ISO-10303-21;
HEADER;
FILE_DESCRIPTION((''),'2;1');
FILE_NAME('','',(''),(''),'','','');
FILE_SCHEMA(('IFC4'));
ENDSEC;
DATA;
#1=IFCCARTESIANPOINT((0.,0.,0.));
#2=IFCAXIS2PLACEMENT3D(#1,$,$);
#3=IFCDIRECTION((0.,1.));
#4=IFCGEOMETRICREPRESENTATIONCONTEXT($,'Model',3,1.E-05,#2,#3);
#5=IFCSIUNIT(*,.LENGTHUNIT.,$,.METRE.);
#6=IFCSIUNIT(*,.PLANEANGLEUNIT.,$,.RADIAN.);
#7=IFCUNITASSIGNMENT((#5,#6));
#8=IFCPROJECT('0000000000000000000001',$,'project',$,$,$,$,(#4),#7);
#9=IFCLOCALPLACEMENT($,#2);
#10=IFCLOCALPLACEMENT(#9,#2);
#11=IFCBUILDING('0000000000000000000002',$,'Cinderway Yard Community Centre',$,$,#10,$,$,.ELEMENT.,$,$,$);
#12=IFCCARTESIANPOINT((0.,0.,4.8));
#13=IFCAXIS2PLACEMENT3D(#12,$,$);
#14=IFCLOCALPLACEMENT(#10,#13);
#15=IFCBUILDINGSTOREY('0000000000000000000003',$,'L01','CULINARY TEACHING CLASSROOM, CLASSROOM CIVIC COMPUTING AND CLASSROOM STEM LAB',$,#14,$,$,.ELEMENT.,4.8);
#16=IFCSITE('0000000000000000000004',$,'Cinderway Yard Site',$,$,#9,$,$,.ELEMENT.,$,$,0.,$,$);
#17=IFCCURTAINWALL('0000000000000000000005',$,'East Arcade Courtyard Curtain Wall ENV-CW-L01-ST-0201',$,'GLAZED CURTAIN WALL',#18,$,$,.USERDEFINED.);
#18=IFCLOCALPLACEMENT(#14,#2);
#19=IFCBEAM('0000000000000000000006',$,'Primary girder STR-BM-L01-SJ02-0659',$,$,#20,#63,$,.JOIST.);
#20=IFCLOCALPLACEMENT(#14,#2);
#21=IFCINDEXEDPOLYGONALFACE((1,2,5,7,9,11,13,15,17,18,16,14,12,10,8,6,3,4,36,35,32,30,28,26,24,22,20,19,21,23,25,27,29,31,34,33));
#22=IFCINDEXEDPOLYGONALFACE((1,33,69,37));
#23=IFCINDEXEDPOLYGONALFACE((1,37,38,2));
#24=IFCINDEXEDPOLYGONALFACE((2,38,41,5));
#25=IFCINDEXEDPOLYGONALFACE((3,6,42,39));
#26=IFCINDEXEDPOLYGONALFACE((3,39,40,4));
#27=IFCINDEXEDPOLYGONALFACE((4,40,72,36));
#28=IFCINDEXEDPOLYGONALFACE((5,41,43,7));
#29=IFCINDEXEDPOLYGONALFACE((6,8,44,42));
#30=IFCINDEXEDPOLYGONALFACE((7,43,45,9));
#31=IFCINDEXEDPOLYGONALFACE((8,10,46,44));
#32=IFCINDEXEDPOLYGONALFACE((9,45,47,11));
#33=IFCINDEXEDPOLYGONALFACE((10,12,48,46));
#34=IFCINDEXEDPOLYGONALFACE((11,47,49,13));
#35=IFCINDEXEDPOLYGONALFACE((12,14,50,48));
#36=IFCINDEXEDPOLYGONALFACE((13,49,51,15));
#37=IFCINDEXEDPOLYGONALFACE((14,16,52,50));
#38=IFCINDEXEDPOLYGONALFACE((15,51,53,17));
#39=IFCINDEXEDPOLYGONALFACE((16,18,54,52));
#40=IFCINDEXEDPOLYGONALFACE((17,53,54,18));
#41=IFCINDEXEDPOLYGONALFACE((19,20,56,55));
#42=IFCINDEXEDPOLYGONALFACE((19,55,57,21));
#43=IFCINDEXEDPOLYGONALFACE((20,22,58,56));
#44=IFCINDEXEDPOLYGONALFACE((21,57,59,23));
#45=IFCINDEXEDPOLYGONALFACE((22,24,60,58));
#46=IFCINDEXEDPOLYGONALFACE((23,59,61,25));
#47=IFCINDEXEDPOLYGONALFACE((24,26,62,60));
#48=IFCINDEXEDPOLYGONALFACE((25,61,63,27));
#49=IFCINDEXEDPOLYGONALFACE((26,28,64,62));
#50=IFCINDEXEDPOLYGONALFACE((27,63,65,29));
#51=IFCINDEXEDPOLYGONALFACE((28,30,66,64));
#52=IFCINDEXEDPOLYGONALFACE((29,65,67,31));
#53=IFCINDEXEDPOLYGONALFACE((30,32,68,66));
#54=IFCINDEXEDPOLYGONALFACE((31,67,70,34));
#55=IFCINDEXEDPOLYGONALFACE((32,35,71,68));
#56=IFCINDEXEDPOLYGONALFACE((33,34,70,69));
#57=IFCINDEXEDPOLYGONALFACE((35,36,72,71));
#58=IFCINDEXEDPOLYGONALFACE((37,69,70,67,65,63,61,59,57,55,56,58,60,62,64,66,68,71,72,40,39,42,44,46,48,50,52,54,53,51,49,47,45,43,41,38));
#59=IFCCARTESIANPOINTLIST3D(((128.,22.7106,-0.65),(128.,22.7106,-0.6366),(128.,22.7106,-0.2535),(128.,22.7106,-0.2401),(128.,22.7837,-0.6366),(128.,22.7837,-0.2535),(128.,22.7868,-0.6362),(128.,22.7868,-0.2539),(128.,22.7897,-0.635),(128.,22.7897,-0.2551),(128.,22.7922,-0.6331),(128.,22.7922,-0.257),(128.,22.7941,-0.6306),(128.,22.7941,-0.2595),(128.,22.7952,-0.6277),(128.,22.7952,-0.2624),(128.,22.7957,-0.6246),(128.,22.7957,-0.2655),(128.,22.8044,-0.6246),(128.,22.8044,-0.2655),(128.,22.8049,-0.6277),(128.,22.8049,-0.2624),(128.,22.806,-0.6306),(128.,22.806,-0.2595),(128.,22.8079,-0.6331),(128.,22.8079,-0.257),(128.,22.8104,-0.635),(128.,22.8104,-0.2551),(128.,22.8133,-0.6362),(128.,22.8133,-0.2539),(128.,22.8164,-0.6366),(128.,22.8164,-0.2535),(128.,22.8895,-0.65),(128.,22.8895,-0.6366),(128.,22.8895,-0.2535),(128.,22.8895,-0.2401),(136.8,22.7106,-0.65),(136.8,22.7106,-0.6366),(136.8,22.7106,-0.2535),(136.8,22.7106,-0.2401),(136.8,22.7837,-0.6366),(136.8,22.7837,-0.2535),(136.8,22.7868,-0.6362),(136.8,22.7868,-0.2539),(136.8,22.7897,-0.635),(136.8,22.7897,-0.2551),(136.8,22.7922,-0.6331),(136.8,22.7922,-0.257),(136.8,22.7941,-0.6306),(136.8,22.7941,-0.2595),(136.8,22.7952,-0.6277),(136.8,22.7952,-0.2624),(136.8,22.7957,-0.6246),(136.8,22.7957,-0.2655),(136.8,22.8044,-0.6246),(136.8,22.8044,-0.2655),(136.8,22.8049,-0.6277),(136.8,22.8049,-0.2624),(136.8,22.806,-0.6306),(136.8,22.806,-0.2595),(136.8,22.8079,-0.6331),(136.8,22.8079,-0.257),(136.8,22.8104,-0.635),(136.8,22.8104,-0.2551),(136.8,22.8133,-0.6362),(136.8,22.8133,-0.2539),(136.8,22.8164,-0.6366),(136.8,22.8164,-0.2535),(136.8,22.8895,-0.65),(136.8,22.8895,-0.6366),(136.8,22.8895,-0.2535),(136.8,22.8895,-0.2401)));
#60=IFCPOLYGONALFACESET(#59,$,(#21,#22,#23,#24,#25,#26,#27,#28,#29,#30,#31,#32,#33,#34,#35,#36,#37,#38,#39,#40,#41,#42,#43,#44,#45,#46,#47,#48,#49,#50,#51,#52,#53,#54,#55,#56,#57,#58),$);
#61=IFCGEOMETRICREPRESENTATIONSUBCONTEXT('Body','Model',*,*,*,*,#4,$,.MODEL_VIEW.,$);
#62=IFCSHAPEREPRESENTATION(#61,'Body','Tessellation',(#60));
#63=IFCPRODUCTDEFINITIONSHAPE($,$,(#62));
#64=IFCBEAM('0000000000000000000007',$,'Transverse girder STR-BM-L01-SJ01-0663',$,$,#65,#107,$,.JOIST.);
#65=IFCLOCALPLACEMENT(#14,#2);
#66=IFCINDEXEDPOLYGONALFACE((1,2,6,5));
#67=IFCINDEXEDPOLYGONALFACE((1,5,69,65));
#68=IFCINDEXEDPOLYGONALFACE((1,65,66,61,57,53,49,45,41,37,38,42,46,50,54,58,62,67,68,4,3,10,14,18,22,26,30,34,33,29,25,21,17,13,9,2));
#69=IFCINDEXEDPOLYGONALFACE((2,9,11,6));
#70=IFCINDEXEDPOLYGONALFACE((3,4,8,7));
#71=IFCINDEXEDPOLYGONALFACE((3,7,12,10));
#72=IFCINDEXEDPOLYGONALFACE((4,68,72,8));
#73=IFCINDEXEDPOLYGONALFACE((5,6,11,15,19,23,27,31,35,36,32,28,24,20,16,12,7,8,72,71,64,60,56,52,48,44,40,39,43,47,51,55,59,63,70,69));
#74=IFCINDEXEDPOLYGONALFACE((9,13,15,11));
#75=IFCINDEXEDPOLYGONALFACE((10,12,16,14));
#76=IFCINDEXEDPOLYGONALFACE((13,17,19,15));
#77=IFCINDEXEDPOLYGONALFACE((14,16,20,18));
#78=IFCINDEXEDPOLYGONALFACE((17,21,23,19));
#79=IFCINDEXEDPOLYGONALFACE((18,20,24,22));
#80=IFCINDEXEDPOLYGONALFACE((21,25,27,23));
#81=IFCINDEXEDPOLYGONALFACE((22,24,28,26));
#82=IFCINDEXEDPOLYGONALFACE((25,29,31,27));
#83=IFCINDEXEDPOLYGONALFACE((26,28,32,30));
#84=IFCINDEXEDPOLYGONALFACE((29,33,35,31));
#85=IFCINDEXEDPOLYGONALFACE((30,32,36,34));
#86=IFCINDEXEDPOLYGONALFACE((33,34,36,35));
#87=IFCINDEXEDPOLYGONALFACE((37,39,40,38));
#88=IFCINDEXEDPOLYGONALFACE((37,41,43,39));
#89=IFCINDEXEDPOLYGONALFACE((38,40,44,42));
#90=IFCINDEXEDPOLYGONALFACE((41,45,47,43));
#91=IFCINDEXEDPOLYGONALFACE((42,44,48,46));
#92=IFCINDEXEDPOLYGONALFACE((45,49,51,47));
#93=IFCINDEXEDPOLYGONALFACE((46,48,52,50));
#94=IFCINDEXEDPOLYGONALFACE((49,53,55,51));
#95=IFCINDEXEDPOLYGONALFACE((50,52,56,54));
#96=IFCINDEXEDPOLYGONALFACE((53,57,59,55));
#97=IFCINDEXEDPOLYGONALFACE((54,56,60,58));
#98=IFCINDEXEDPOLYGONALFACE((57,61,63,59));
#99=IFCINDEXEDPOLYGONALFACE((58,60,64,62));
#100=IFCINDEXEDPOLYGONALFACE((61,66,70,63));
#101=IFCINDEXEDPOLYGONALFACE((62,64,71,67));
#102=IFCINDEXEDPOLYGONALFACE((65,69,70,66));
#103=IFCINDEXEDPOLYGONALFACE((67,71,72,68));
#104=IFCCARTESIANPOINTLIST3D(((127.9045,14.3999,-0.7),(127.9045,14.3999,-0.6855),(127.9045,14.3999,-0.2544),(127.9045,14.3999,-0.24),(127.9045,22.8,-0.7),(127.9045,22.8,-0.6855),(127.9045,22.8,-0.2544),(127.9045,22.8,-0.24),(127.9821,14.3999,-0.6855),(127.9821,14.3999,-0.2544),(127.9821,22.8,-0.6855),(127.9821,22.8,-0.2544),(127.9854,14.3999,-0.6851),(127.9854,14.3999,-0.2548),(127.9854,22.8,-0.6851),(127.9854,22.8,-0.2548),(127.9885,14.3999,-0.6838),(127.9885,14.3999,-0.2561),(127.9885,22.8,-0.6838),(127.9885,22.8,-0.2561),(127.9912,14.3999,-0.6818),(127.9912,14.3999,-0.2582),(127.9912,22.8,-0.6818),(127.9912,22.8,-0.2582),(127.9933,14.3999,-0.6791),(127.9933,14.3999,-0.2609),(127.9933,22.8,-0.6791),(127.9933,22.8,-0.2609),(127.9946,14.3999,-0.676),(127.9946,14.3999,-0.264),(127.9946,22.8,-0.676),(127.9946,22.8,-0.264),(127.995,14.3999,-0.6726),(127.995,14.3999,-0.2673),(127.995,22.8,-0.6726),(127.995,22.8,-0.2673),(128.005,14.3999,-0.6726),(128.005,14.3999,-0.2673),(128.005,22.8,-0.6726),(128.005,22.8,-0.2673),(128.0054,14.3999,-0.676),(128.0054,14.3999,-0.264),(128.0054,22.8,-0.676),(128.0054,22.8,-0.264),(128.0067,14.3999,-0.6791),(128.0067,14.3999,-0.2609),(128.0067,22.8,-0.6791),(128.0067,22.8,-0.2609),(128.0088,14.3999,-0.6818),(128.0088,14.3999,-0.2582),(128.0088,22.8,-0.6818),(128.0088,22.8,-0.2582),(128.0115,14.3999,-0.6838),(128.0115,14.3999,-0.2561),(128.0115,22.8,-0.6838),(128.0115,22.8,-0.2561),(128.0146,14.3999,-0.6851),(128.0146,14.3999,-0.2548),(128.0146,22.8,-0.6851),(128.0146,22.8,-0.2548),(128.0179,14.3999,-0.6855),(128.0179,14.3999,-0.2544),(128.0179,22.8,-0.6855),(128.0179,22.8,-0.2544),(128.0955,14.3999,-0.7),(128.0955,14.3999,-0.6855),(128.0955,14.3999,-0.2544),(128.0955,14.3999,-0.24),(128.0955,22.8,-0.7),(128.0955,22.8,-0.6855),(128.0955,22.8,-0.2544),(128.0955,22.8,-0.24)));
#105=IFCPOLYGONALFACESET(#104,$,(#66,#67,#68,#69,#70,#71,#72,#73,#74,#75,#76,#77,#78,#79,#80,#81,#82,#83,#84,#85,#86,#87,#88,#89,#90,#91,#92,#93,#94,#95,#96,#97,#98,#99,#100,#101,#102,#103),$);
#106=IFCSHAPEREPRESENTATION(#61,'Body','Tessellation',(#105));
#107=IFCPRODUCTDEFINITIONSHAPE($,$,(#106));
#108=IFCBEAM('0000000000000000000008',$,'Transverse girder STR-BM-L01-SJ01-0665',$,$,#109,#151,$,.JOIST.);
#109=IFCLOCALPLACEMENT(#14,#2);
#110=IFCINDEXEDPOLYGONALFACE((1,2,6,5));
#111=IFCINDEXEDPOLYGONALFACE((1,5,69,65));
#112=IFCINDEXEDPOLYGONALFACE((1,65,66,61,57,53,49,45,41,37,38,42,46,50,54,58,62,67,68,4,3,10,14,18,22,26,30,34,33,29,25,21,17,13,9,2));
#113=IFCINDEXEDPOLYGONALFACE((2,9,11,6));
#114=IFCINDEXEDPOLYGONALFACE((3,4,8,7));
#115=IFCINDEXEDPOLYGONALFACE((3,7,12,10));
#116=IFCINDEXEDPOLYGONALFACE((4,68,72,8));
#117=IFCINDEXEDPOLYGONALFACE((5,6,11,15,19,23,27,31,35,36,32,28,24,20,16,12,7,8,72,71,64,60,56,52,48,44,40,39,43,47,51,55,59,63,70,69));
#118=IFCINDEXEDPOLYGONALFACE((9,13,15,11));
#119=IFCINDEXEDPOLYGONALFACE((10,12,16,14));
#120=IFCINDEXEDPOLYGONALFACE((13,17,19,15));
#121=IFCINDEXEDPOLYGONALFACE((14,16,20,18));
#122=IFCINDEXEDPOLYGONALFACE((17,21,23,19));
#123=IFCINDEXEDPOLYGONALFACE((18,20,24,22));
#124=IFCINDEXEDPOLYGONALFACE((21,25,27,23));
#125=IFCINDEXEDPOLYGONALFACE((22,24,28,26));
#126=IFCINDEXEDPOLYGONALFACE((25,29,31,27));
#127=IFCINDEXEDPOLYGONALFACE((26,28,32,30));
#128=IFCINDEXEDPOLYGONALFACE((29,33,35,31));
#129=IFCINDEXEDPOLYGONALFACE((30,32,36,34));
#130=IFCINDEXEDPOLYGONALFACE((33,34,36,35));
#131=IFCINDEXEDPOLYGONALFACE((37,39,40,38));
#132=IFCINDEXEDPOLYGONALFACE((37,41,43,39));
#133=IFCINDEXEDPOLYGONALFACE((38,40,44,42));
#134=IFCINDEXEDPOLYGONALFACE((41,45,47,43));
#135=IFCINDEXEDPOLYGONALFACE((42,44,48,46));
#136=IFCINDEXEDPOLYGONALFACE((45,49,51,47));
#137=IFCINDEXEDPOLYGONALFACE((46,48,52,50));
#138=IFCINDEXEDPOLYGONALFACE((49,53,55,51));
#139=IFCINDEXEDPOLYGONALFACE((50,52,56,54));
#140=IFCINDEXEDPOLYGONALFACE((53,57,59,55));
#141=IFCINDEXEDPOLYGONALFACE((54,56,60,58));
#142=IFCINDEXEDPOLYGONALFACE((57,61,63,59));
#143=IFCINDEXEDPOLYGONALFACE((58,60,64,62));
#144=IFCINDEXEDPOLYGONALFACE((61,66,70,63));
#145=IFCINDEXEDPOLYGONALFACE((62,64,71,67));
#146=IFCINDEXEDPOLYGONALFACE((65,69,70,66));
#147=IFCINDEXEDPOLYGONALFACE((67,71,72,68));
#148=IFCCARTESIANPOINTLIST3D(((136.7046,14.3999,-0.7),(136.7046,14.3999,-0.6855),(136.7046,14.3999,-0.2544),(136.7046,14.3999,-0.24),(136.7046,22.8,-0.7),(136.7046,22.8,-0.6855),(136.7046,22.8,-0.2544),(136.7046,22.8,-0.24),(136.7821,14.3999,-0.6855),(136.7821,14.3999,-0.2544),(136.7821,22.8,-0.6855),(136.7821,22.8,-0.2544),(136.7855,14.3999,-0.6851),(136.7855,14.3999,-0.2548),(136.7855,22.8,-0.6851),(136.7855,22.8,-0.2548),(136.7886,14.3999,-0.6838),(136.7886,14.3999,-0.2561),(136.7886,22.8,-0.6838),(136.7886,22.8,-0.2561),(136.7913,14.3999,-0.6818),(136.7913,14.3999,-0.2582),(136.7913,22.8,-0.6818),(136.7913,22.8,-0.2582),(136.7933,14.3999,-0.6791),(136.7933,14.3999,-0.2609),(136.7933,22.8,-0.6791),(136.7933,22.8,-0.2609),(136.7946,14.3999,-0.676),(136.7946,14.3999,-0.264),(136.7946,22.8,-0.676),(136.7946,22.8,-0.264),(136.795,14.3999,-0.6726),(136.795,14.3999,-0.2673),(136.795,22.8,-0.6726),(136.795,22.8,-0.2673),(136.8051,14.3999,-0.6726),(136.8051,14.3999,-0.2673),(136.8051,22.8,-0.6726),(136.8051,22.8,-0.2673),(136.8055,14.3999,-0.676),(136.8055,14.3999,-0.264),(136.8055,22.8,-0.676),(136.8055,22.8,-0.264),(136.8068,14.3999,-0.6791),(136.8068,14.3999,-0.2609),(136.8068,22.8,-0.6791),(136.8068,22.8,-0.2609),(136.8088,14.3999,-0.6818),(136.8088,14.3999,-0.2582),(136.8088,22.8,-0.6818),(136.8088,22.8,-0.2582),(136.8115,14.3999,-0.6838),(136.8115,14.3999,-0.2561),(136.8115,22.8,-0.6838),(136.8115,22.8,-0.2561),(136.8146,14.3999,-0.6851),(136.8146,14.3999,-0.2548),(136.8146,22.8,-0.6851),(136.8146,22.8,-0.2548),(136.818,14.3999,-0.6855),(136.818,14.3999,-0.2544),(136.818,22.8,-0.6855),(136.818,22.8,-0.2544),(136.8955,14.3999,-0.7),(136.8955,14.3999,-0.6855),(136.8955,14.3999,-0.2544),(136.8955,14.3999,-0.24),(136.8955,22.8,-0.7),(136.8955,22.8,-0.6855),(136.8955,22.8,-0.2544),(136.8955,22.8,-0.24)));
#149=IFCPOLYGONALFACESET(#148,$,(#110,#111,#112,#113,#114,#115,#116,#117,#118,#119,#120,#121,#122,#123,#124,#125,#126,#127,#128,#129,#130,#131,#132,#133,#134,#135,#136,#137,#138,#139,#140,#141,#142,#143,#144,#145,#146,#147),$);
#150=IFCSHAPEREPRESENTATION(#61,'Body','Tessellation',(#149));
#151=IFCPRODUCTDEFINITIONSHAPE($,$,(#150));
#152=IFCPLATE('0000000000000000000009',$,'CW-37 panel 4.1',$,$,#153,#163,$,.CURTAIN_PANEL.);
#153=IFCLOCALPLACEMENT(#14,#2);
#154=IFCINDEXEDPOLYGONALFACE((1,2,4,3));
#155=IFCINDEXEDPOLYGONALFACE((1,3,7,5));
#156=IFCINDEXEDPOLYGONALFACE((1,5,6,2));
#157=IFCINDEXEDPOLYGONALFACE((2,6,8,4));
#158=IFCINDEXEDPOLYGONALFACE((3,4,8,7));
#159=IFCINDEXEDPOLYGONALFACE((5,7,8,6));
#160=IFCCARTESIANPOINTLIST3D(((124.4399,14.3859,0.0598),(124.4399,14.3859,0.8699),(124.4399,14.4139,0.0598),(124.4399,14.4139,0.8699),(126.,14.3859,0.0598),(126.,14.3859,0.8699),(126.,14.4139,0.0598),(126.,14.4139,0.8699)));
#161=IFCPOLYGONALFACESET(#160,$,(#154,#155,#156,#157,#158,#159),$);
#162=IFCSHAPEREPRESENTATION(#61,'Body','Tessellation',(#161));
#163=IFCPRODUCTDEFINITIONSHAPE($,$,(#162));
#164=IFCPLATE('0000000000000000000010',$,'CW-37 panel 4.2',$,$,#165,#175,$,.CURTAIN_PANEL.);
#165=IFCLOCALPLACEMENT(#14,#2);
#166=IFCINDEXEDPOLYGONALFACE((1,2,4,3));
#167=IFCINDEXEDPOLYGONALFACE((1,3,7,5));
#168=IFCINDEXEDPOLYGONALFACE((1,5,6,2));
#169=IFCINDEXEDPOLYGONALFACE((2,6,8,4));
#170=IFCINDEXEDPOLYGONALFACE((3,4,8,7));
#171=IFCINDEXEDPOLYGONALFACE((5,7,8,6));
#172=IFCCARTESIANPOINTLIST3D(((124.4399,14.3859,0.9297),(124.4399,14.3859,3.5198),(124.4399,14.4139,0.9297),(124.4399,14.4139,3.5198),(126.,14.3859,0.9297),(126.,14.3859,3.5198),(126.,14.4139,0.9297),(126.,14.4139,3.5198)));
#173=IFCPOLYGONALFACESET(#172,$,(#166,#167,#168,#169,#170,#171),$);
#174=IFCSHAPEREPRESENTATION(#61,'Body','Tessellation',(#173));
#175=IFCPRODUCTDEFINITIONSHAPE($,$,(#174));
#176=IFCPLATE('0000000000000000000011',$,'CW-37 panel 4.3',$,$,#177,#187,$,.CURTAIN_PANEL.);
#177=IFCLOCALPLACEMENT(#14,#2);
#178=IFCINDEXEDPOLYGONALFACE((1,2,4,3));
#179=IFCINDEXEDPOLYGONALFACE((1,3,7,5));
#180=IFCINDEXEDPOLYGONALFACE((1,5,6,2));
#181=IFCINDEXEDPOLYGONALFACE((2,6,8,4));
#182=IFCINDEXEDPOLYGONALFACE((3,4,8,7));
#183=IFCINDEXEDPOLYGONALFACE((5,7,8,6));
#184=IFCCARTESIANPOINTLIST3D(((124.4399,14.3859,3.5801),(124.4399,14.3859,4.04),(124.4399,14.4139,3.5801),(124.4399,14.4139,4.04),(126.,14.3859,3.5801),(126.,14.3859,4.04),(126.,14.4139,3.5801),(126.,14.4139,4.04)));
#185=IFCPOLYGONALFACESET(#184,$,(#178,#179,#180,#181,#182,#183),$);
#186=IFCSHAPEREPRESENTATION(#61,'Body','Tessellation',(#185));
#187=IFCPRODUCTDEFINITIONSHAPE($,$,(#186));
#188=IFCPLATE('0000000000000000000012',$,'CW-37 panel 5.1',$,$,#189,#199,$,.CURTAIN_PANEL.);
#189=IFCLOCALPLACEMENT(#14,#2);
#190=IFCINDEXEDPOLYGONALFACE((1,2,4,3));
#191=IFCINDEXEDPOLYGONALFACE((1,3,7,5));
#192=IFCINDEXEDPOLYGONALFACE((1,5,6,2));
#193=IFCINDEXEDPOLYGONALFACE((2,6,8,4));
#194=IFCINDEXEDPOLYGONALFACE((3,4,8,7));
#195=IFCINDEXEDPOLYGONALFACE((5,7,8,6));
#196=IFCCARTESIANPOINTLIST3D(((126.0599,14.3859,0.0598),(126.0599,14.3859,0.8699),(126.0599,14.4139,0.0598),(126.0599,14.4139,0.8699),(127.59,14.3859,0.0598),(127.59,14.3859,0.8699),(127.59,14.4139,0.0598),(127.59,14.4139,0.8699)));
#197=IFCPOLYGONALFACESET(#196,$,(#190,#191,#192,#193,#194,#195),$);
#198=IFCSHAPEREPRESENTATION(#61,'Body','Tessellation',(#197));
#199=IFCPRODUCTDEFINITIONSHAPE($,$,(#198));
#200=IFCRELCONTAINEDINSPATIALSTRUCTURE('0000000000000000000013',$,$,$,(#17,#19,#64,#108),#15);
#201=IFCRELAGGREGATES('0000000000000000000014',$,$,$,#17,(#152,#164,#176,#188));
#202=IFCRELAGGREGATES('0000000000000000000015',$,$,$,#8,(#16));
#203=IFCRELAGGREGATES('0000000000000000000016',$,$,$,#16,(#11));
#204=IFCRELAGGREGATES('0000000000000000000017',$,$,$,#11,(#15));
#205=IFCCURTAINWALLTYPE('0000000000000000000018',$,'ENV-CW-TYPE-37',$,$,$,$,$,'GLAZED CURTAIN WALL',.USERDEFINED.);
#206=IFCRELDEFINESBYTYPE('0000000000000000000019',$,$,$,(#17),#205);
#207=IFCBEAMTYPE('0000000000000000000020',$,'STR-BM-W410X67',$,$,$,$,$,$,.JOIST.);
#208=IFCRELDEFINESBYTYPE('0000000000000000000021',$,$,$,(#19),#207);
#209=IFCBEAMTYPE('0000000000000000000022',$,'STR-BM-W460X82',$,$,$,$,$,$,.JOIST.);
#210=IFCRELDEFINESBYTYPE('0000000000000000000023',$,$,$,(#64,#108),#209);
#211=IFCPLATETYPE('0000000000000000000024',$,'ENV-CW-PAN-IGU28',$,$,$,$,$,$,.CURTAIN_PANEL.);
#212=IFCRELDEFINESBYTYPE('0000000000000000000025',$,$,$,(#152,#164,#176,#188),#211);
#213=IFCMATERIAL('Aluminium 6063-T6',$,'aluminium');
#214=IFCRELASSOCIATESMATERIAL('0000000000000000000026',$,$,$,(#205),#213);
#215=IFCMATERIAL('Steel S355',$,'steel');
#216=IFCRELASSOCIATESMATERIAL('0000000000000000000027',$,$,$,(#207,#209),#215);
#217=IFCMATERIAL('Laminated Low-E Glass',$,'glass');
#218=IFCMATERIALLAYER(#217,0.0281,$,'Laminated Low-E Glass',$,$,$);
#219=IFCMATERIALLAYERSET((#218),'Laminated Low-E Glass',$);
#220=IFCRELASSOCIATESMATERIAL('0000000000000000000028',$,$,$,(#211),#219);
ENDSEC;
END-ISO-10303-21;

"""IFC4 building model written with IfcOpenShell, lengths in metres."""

from ifc_helpers import new_model, si_unit, direction, frame, origin, origin_2d, place, context, subcontext, project, spatial, rectangle, i_section, extrude, material, layer, layer_set, material_profile, profile_set, type_object, element, aggregate, save


model = new_model("IFC4")

# Units and contexts
model_context = context("Model", 3, precision=1e-05, world=origin(), true_north=direction((0.0, 1.0)))
body_context = subcontext(model_context, "Body", "Model", "MODEL_VIEW")
ifc_project = project(units=[si_unit("LENGTHUNIT", "METRE"), si_unit("PLANEANGLEUNIT", "RADIAN")], contexts=[model_context])

# Site, building, storey
site_placement = place(None, origin())
site = spatial("IfcSite", under=ifc_project, at=site_placement, Name="Cinderway Yard Site", CompositionType="ELEMENT", RefElevation=0.0)
building_placement = place(site_placement, origin())
building = spatial("IfcBuilding", under=site, at=building_placement, Name="Cinderway Yard Community Centre", CompositionType="ELEMENT")
storey_placement = place(building_placement, frame((0.0, 0.0, 4.8)))
storey = spatial("IfcBuildingStorey", under=building, at=storey_placement, Name="L01", Description="CULINARY TEACHING CLASSROOM, CLASSROOM CIVIC COMPUTING AND CLASSROOM STEM LAB", CompositionType="ELEMENT", Elevation=4.8)

# Curtain wall
ifc_material_1 = material(Name="Aluminium 6063-T6", Category="aluminium")
curtain_wall_type = type_object("IfcCurtainWallType", Name="ENV-CW-TYPE-37", ElementType="GLAZED CURTAIN WALL", PredefinedType="USERDEFINED", material=ifc_material_1)
curtain_wall_1_placement = place(storey_placement, origin())
curtain_wall_1 = element("IfcCurtainWall", 1, at=curtain_wall_1_placement, inside=storey, type_object=curtain_wall_type, Name="East Arcade Courtyard Curtain Wall ENV-CW-L01-ST-0201", ObjectType="GLAZED CURTAIN WALL", PredefinedType="USERDEFINED")

# Beams
ifc_material_2 = material(Name="Steel S355", Category="steel")
ifc_material_profile_1 = material_profile(ifc_material_2, i_section(OverallWidth=0.179, OverallDepth=0.4099, WebThickness=0.0088, FlangeThickness=0.0134, FilletRadius=0.012, at=origin_2d()), Name="Steel S355")
ifc_profile_set_1 = profile_set([ifc_material_profile_1], Name="Steel S355")
beam_type_1 = type_object("IfcBeamType", Name="STR-BM-W410X67", PredefinedType="JOIST", material=ifc_profile_set_1)
for number, where, z_axis, x_axis, name in (
    (2, (128.0, 22.8, -0.4451), (1.0, 0.0, 0.0), (0.0, 1.0, 0.0), "Primary girder STR-BM-L01-SJ02-0659"),
):
    element("IfcBeam", number, at=place(storey_placement, frame(where, z_axis=z_axis, x_axis=x_axis)), inside=storey, type_object=beam_type_1, Name=name, PredefinedType="JOIST", context=body_context, shape_type="SweptSolid", body=[
        extrude(i_section(OverallWidth=0.179, OverallDepth=0.4099, WebThickness=0.0088, FlangeThickness=0.0134, FilletRadius=0.012, at=origin_2d()), origin(), (0.0, 0.0, 1.0), 8.8),
    ])
ifc_material_profile_2 = material_profile(ifc_material_2, i_section(OverallWidth=0.1909, OverallDepth=0.46, WebThickness=0.01, FlangeThickness=0.0144, FilletRadius=0.0129, at=origin_2d()), Name="Steel S355")
ifc_profile_set_2 = profile_set([ifc_material_profile_2], Name="Steel S355")
beam_type_2 = type_object("IfcBeamType", Name="STR-BM-W460X82", PredefinedType="JOIST", material=ifc_profile_set_2)
for number, where, z_axis, x_axis, name in (
    (3, (128.0, 14.3999, -0.47), (0.0, 1.0, 0.0), (-1.0, 0.0, 0.0), "Transverse girder STR-BM-L01-SJ01-0663"),
    (4, (136.8, 14.3999, -0.47), (0.0, 1.0, 0.0), (-1.0, 0.0, 0.0), "Transverse girder STR-BM-L01-SJ01-0665"),
):
    element("IfcBeam", number, at=place(storey_placement, frame(where, z_axis=z_axis, x_axis=x_axis)), inside=storey, type_object=beam_type_2, Name=name, PredefinedType="JOIST", context=body_context, shape_type="SweptSolid", body=[
        extrude(i_section(OverallWidth=0.1909, OverallDepth=0.46, WebThickness=0.01, FlangeThickness=0.0144, FilletRadius=0.0129, at=origin_2d()), origin(), (0.0, 0.0, 1.0), 8.4001),
    ])

# Plates
ifc_material_3 = material(Name="Laminated Low-E Glass", Category="glass")
ifc_layer_1 = layer(ifc_material_3, 0.0281, Name="Laminated Low-E Glass")
ifc_layer_set_1 = layer_set([ifc_layer_1], Name="Laminated Low-E Glass")
plate_type = type_object("IfcPlateType", Name="ENV-CW-PAN-IGU28", PredefinedType="CURTAIN_PANEL", material=ifc_layer_set_1)
plate_1_placement = place(storey_placement, frame((125.22, 14.3999, 0.0598), z_axis=(0.0, 0.0, 1.0), x_axis=(1.0, 0.0, 0.0)))
plate_1 = element("IfcPlate", 5, at=plate_1_placement, type_object=plate_type, Name="CW-37 panel 4.1", PredefinedType="CURTAIN_PANEL", context=body_context, shape_type="SweptSolid", body=[
    extrude(rectangle(XDim=1.5601, YDim=0.0281, at=origin_2d()), origin(), (0.0, 0.0, 1.0), 0.8101),
])
plate_2_placement = place(storey_placement, frame((125.22, 14.3999, 0.9297), z_axis=(0.0, 0.0, 1.0), x_axis=(1.0, 0.0, 0.0)))
plate_2 = element("IfcPlate", 6, at=plate_2_placement, type_object=plate_type, Name="CW-37 panel 4.2", PredefinedType="CURTAIN_PANEL", context=body_context, shape_type="SweptSolid", body=[
    extrude(rectangle(XDim=1.5601, YDim=0.0281, at=origin_2d()), origin(), (0.0, 0.0, 1.0), 2.5901),
])
plate_3_placement = place(storey_placement, frame((125.22, 14.3999, 3.5801), z_axis=(0.0, 0.0, 1.0), x_axis=(1.0, 0.0, 0.0)))
plate_3 = element("IfcPlate", 7, at=plate_3_placement, type_object=plate_type, Name="CW-37 panel 4.3", PredefinedType="CURTAIN_PANEL", context=body_context, shape_type="SweptSolid", body=[
    extrude(rectangle(XDim=1.5601, YDim=0.0281, at=origin_2d()), origin(), (0.0, 0.0, 1.0), 0.46),
])
plate_4_placement = place(storey_placement, frame((126.825, 14.3999, 0.0598), z_axis=(0.0, 0.0, 1.0), x_axis=(1.0, 0.0, 0.0)))
plate_4 = element("IfcPlate", 8, at=plate_4_placement, type_object=plate_type, Name="CW-37 panel 5.1", PredefinedType="CURTAIN_PANEL", context=body_context, shape_type="SweptSolid", body=[
    extrude(rectangle(XDim=1.53, YDim=0.0281, at=origin_2d()), origin(), (0.0, 0.0, 1.0), 0.8101),
])
aggregate(curtain_wall_1, [plate_1, plate_2, plate_3, plate_4])

save(model, "model.ifc")
